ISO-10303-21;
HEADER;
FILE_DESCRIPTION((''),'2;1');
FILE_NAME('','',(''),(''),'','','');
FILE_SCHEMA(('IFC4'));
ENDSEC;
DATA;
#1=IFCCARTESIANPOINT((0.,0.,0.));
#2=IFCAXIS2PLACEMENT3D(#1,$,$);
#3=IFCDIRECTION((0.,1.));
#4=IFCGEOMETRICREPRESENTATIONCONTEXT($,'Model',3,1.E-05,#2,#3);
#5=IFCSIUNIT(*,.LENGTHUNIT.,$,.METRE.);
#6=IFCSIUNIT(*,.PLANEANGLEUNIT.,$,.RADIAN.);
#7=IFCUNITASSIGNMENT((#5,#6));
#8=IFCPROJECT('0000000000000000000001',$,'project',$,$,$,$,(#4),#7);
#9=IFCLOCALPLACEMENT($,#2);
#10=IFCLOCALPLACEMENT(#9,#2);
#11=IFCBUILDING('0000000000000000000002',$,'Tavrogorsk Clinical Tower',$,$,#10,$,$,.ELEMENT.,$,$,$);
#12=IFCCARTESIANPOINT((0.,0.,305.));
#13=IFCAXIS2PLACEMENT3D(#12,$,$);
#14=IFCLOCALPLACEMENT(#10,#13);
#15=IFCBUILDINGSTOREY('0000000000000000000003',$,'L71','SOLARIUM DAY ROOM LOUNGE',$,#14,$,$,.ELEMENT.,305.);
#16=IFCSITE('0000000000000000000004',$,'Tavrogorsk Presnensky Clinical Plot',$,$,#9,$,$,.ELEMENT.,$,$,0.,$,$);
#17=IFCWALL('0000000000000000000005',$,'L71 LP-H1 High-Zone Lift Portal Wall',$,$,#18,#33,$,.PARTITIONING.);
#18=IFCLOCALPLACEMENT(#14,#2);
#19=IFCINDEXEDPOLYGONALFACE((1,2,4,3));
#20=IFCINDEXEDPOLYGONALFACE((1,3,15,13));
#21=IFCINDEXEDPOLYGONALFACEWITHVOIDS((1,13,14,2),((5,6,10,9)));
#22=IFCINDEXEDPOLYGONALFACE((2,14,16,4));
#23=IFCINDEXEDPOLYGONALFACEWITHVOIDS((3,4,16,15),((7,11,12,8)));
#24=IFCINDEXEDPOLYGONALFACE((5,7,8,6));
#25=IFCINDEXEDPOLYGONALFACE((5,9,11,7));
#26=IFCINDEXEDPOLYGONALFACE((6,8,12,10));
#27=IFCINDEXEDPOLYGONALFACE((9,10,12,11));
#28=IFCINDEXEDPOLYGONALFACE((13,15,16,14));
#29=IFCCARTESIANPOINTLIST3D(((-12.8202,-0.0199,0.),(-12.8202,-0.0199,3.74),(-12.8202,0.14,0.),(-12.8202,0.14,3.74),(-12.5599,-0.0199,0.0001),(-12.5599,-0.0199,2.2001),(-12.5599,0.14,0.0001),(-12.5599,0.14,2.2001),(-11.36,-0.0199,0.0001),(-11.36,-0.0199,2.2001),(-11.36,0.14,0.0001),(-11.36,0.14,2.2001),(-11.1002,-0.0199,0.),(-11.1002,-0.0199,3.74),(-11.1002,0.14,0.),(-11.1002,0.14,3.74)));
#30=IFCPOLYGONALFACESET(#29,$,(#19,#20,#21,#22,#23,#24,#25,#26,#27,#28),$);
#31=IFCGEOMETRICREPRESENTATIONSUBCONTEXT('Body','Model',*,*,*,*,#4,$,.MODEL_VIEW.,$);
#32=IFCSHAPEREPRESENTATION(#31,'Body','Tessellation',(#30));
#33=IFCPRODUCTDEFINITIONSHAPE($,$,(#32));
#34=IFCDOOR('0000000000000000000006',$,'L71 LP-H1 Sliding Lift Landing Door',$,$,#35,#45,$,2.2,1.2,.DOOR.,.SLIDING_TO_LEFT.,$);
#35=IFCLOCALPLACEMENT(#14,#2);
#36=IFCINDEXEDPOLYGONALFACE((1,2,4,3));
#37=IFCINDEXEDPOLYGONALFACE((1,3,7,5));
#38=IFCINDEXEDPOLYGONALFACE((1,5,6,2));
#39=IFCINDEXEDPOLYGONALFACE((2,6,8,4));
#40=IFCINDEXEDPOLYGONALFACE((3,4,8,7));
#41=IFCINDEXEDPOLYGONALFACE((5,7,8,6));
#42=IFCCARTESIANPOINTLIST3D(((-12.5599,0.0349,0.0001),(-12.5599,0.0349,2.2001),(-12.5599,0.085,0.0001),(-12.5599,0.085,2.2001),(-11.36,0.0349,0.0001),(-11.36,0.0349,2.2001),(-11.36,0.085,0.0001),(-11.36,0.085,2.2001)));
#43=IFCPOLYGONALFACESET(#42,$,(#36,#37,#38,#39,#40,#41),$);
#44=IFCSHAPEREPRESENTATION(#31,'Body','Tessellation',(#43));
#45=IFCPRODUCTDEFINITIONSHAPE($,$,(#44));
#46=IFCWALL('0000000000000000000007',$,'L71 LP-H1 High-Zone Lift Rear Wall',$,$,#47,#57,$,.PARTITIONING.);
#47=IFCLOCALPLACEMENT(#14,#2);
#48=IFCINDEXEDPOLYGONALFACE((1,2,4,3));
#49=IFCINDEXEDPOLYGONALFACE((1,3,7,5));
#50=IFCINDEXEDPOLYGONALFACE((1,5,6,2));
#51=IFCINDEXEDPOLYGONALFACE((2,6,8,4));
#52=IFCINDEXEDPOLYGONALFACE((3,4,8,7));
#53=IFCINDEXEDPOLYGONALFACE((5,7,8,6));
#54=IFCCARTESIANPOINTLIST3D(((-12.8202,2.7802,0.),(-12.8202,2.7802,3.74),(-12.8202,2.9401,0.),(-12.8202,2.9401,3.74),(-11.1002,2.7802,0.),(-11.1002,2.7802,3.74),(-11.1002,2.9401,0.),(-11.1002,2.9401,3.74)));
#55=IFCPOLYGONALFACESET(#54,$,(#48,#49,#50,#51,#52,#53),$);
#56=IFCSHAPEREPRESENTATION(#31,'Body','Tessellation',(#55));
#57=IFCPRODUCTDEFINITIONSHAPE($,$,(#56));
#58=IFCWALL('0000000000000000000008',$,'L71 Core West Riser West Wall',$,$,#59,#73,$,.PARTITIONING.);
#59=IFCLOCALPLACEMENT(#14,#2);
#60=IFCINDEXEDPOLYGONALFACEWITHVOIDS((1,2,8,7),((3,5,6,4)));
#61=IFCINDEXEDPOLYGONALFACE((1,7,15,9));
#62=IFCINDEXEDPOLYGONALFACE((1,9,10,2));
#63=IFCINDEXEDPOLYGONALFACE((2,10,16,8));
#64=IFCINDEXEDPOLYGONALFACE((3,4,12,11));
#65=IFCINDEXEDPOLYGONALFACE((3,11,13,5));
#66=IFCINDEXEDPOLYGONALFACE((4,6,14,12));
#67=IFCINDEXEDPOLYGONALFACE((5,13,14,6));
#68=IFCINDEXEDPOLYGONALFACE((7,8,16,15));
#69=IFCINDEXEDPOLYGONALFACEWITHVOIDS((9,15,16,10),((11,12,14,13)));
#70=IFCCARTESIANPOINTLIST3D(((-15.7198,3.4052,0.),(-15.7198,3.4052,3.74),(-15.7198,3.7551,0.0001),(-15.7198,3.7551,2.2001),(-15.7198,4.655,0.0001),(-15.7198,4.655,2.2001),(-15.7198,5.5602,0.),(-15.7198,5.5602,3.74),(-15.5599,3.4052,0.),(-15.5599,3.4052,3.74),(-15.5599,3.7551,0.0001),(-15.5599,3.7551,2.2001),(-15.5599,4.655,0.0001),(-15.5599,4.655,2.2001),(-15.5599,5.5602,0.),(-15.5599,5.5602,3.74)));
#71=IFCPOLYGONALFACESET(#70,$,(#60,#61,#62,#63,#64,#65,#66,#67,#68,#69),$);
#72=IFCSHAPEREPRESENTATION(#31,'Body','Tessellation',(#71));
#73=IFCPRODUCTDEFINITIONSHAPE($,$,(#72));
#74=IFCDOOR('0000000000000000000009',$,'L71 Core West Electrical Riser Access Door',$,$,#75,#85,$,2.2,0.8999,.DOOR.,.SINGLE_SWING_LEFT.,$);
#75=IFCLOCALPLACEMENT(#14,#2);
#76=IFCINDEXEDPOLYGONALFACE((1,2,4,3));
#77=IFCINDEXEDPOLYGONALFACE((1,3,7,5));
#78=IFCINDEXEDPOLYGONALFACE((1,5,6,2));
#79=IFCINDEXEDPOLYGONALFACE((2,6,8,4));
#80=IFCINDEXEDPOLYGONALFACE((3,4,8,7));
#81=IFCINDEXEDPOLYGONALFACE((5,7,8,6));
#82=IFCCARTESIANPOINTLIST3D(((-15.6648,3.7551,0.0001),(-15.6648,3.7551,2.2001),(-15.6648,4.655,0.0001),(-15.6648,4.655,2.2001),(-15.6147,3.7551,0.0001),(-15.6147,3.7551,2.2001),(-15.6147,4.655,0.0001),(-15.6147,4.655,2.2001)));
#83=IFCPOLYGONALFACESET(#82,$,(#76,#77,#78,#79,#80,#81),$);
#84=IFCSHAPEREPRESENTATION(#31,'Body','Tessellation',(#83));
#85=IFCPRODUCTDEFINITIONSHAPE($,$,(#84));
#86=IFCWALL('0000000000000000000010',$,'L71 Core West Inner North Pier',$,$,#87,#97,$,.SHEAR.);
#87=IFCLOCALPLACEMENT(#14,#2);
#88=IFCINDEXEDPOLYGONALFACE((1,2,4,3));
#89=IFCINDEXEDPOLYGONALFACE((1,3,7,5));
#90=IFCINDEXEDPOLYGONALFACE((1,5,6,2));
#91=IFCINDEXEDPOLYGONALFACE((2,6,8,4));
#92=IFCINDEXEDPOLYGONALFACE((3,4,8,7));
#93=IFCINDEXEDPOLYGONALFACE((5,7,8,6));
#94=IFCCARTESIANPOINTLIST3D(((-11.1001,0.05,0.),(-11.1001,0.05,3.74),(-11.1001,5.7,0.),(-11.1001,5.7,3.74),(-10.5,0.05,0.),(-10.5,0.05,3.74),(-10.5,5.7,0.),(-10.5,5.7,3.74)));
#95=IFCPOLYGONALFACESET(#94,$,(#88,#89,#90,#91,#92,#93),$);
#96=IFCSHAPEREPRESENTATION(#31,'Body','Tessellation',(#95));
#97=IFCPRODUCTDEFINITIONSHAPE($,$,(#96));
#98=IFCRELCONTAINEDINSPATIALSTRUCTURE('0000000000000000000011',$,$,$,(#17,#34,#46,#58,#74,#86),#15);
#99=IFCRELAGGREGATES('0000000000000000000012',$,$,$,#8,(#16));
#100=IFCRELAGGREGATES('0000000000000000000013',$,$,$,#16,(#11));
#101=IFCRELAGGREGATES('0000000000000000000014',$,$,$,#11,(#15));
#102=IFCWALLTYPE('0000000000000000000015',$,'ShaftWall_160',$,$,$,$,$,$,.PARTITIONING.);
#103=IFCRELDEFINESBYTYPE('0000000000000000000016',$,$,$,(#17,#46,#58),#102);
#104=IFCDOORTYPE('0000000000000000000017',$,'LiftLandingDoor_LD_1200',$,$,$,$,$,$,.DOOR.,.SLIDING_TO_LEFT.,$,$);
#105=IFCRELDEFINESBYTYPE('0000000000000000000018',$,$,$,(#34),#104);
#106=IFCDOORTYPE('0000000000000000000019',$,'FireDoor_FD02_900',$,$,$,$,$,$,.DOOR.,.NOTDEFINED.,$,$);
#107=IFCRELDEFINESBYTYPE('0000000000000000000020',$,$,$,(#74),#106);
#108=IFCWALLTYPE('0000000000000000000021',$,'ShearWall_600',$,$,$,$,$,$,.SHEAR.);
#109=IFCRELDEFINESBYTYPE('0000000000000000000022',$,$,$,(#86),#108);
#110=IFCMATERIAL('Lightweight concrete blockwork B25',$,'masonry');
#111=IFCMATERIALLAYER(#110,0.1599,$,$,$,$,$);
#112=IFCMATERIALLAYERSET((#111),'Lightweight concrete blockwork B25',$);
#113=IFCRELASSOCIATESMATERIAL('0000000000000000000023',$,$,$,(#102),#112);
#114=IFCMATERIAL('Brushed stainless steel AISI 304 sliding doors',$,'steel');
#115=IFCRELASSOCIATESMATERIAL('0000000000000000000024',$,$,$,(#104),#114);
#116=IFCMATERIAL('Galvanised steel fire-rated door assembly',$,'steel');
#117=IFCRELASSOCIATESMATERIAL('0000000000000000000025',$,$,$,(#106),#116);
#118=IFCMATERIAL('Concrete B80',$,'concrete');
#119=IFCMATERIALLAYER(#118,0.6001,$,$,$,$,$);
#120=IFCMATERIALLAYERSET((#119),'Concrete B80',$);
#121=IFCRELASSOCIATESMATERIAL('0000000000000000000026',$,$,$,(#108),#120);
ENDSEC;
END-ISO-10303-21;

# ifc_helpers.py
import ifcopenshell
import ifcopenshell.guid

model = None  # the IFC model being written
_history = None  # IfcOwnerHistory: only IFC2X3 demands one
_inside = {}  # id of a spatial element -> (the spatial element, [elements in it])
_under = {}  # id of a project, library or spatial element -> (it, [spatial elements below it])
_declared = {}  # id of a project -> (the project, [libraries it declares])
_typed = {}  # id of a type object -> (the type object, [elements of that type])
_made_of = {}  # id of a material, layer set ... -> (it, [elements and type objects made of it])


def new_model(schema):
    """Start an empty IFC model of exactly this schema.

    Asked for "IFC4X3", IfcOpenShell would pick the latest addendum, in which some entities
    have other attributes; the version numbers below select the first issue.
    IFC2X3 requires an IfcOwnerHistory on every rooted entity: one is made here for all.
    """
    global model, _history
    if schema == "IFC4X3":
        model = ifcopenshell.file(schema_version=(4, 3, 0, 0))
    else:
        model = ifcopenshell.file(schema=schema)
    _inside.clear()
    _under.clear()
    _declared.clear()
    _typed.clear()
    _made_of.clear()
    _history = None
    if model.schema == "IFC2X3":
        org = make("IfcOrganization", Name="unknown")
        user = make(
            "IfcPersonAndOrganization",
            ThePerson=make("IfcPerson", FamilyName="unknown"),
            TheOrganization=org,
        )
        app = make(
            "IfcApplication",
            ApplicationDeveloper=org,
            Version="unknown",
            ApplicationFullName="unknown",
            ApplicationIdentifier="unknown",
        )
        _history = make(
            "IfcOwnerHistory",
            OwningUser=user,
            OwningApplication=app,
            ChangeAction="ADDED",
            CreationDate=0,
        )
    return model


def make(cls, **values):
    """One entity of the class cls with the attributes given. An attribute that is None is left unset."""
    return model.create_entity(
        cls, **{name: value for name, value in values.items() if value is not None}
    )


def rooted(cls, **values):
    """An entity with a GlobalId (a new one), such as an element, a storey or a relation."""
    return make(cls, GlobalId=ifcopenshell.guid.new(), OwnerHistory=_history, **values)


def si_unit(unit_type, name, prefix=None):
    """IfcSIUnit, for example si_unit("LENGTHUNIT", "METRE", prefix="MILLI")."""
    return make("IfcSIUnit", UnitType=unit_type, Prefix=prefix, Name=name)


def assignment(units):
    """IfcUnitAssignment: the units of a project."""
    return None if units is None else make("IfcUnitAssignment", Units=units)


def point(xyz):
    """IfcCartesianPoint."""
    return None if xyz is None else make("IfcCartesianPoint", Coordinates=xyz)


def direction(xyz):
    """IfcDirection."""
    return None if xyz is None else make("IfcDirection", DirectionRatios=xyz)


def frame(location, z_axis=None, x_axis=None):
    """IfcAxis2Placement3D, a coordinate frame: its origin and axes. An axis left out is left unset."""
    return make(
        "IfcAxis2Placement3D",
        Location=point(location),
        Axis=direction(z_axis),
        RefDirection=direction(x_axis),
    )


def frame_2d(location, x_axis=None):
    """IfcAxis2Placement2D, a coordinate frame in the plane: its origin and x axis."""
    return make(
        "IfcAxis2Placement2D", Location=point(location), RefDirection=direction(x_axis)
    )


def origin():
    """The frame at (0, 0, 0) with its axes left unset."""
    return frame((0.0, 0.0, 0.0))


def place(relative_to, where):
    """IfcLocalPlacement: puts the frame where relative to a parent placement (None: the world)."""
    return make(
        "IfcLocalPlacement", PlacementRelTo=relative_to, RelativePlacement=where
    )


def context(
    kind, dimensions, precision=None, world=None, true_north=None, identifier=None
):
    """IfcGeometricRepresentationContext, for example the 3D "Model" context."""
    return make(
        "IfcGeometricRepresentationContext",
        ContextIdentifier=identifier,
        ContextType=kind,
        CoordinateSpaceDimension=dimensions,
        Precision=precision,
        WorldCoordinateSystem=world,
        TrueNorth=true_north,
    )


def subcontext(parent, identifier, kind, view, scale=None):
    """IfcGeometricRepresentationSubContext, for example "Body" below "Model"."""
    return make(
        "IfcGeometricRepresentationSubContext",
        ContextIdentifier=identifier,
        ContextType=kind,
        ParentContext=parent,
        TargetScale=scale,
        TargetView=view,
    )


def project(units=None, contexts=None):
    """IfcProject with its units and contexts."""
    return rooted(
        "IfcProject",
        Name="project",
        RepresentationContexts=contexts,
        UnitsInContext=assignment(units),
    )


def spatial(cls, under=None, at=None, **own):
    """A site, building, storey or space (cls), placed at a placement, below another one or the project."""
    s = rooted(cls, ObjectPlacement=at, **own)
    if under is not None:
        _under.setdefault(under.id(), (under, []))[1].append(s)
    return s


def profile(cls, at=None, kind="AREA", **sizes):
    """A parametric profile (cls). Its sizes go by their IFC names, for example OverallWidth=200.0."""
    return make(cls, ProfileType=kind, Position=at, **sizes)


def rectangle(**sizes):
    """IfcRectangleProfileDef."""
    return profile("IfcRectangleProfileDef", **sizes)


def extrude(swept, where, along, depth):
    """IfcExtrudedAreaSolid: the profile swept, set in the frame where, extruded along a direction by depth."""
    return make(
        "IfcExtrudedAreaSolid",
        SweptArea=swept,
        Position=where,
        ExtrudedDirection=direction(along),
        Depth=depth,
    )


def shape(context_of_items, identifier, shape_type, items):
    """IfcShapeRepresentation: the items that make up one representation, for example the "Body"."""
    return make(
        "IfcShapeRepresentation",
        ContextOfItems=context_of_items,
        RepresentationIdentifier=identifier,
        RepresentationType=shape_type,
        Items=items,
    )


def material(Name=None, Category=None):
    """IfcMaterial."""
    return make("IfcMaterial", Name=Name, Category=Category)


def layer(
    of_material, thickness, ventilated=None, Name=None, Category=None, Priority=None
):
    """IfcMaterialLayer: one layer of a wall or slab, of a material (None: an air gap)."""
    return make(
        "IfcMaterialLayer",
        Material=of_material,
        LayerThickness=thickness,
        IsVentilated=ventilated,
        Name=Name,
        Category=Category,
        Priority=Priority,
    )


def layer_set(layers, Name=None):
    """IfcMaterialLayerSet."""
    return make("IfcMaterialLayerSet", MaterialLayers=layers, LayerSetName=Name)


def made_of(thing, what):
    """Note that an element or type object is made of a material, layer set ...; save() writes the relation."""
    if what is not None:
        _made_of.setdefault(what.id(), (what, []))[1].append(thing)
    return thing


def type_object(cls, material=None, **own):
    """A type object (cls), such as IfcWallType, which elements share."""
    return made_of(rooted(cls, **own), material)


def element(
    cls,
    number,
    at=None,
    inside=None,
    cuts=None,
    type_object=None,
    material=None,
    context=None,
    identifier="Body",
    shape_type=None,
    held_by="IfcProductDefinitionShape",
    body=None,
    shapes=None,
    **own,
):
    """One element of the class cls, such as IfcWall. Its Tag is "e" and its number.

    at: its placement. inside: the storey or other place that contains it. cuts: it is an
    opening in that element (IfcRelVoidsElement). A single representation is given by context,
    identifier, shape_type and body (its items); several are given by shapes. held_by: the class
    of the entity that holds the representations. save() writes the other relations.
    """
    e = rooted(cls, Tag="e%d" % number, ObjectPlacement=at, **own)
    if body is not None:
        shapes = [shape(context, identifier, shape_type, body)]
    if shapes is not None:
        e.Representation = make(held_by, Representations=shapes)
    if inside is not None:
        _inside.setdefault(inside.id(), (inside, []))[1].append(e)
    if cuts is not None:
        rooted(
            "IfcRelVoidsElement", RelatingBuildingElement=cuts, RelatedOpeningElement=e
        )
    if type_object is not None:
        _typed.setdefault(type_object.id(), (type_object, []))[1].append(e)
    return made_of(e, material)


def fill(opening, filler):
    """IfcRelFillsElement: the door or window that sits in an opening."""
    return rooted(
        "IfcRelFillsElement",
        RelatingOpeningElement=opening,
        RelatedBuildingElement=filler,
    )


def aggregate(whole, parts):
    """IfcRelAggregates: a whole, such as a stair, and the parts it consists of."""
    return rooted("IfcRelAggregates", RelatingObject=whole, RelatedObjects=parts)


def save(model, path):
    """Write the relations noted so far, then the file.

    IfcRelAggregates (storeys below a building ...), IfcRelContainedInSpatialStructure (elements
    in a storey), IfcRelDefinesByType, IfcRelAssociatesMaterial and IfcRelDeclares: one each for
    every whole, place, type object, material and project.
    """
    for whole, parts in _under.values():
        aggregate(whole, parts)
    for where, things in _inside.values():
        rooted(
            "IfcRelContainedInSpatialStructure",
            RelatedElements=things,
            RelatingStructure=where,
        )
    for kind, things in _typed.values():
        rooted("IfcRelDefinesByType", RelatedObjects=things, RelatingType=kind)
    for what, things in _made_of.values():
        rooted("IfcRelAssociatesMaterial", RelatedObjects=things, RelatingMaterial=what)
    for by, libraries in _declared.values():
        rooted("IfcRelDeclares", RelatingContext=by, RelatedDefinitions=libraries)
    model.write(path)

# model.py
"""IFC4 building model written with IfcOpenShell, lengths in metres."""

from ifc_helpers import new_model, si_unit, direction, frame, frame_2d, origin, place, context, subcontext, project, spatial, rectangle, extrude, material, layer, layer_set, type_object, element, fill, save


model = new_model("IFC4")

# Units and contexts
model_context = context("Model", 3, precision=1e-05, world=origin(), true_north=direction((0.0, 1.0)))
body_context = subcontext(model_context, "Body", "Model", "MODEL_VIEW")
ifc_project = project(units=[si_unit("LENGTHUNIT", "METRE"), si_unit("PLANEANGLEUNIT", "RADIAN")], contexts=[model_context])

# Site, building, storey
site_placement = place(None, origin())
site = spatial("IfcSite", under=ifc_project, at=site_placement, Name="Tavrogorsk Presnensky Clinical Plot", CompositionType="ELEMENT", RefElevation=0.0)
building_placement = place(site_placement, origin())
building = spatial("IfcBuilding", under=site, at=building_placement, Name="Tavrogorsk Clinical Tower", CompositionType="ELEMENT")
storey_placement = place(building_placement, frame((0.0, 0.0, 305.0)))
storey = spatial("IfcBuildingStorey", under=building, at=storey_placement, Name="L71", Description="SOLARIUM DAY ROOM LOUNGE", CompositionType="ELEMENT", Elevation=305.0)

# Shared definitions
ifc_material_1 = material(Name="Lightweight concrete blockwork B25", Category="masonry")
ifc_layer_1 = layer(ifc_material_1, 0.1599)
ifc_layer_set_1 = layer_set([ifc_layer_1], Name="Lightweight concrete blockwork B25")
wall_type_1 = type_object("IfcWallType", Name="ShaftWall_160", PredefinedType="PARTITIONING", material=ifc_layer_set_1)
ifc_material_2 = material(Name="Brushed stainless steel AISI 304 sliding doors", Category="steel")
door_type_1 = type_object("IfcDoorType", Name="LiftLandingDoor_LD_1200", OperationType="SLIDING_TO_LEFT", PredefinedType="DOOR", material=ifc_material_2)

# Wall, opening, door
wall_1_placement = place(storey_placement, frame((-12.8201, 0.0601, 0.0), z_axis=(0.0, 0.0, 1.0), x_axis=(1.0, 0.0, 0.0)))
wall_1 = element("IfcWall", 1, at=wall_1_placement, inside=storey, type_object=wall_type_1, Name="L71 LP-H1 High-Zone Lift Portal Wall", PredefinedType="PARTITIONING", context=body_context, shape_type="SweptSolid", body=[
    extrude(rectangle(XDim=1.72, YDim=0.1599, at=frame_2d((0.8599, 0.0))), origin(), (0.0, 0.0, 1.0), 3.74),
])
opening_1_placement = place(wall_1_placement, frame((0.26, 0.0, 0.0)))
opening_1 = element("IfcOpeningElement", 2, at=opening_1_placement, cuts=wall_1, PredefinedType="OPENING", context=body_context, shape_type="SweptSolid", body=[
    extrude(rectangle(XDim=1.2, YDim=2.2, at=frame_2d((0.6001, 1.1001))), frame((0.0, 0.0898, 0.0), z_axis=(0.0, -1.0, 0.0), x_axis=(1.0, 0.0, 0.0)), (0.0, 0.0, 1.0), 0.1799),
])
door_1_placement = place(opening_1_placement, origin())
door_1 = element("IfcDoor", 3, at=door_1_placement, inside=storey, type_object=door_type_1, Name="L71 LP-H1 Sliding Lift Landing Door", OperationType="SLIDING_TO_LEFT", OverallHeight=2.2, OverallWidth=1.2, PredefinedType="DOOR", context=body_context, shape_type="SweptSolid", body=[
    extrude(rectangle(XDim=1.2, YDim=2.2, at=frame_2d((0.6001, 1.1001))), frame((0.0, 0.0249, 0.0), z_axis=(0.0, -1.0, 0.0), x_axis=(1.0, 0.0, 0.0)), (0.0, 0.0, 1.0), 0.05),
])
fill(opening_1, door_1)

# Wall
wall_2_placement = place(storey_placement, frame((-12.8201, 2.8601, 0.0), z_axis=(0.0, 0.0, 1.0), x_axis=(1.0, 0.0, 0.0)))
element("IfcWall", 4, at=wall_2_placement, inside=storey, type_object=wall_type_1, Name="L71 LP-H1 High-Zone Lift Rear Wall", PredefinedType="PARTITIONING", context=body_context, shape_type="SweptSolid", body=[
    extrude(rectangle(XDim=1.72, YDim=0.1599, at=frame_2d((0.8599, 0.0))), origin(), (0.0, 0.0, 1.0), 3.74),
])

# Wall, opening, door
wall_3_placement = place(storey_placement, frame((-15.6399, 3.405, 0.0), z_axis=(0.0, 0.0, 1.0), x_axis=(0.0, 1.0, 0.0)))
wall_3 = element("IfcWall", 5, at=wall_3_placement, inside=storey, type_object=wall_type_1, Name="L71 Core West Riser West Wall", PredefinedType="PARTITIONING", context=body_context, shape_type="SweptSolid", body=[
    extrude(rectangle(XDim=2.155, YDim=0.1599, at=frame_2d((1.0776, 0.0))), origin(), (0.0, 0.0, 1.0), 3.74),
])
opening_2_placement = place(wall_3_placement, frame((0.3501, 0.0, 0.0)))
opening_2 = element("IfcOpeningElement", 6, at=opening_2_placement, cuts=wall_3, PredefinedType="OPENING", context=body_context, shape_type="SweptSolid", body=[
    extrude(rectangle(XDim=0.8999, YDim=2.2, at=frame_2d((0.45, 1.1001))), frame((0.0, 0.0898, 0.0), z_axis=(0.0, -1.0, 0.0), x_axis=(1.0, 0.0, 0.0)), (0.0, 0.0, 1.0), 0.1799),
])
ifc_material_3 = material(Name="Galvanised steel fire-rated door assembly", Category="steel")
door_type_2 = type_object("IfcDoorType", Name="FireDoor_FD02_900", OperationType="NOTDEFINED", PredefinedType="DOOR", material=ifc_material_3)
door_2_placement = place(opening_2_placement, origin())
door_2 = element("IfcDoor", 7, at=door_2_placement, inside=storey, type_object=door_type_2, Name="L71 Core West Electrical Riser Access Door", OperationType="SINGLE_SWING_LEFT", OverallHeight=2.2, OverallWidth=0.8999, PredefinedType="DOOR", context=body_context, shape_type="SweptSolid", body=[
    extrude(rectangle(XDim=0.8999, YDim=2.2, at=frame_2d((0.45, 1.1001))), frame((0.0, 0.0249, 0.0), z_axis=(0.0, -1.0, 0.0), x_axis=(1.0, 0.0, 0.0)), (0.0, 0.0, 1.0), 0.05),
])
fill(opening_2, door_2)

# Wall
ifc_material_4 = material(Name="Concrete B80", Category="concrete")
ifc_layer_2 = layer(ifc_material_4, 0.6001)
ifc_layer_set_2 = layer_set([ifc_layer_2], Name="Concrete B80")
wall_type_2 = type_object("IfcWallType", Name="ShearWall_600", PredefinedType="SHEAR", material=ifc_layer_set_2)
wall_4_placement = place(storey_placement, frame((-10.8, 0.05, 0.0), z_axis=(0.0, 0.0, 1.0), x_axis=(0.0, 1.0, 0.0)))
element("IfcWall", 8, at=wall_4_placement, inside=storey, type_object=wall_type_2, Name="L71 Core West Inner North Pier", PredefinedType="SHEAR", context=body_context, shape_type="SweptSolid", body=[
    extrude(rectangle(XDim=5.6499, YDim=0.6001, at=frame_2d((2.825, 0.0))), origin(), (0.0, 0.0, 1.0), 3.74),
])

save(model, "model.ifc")
